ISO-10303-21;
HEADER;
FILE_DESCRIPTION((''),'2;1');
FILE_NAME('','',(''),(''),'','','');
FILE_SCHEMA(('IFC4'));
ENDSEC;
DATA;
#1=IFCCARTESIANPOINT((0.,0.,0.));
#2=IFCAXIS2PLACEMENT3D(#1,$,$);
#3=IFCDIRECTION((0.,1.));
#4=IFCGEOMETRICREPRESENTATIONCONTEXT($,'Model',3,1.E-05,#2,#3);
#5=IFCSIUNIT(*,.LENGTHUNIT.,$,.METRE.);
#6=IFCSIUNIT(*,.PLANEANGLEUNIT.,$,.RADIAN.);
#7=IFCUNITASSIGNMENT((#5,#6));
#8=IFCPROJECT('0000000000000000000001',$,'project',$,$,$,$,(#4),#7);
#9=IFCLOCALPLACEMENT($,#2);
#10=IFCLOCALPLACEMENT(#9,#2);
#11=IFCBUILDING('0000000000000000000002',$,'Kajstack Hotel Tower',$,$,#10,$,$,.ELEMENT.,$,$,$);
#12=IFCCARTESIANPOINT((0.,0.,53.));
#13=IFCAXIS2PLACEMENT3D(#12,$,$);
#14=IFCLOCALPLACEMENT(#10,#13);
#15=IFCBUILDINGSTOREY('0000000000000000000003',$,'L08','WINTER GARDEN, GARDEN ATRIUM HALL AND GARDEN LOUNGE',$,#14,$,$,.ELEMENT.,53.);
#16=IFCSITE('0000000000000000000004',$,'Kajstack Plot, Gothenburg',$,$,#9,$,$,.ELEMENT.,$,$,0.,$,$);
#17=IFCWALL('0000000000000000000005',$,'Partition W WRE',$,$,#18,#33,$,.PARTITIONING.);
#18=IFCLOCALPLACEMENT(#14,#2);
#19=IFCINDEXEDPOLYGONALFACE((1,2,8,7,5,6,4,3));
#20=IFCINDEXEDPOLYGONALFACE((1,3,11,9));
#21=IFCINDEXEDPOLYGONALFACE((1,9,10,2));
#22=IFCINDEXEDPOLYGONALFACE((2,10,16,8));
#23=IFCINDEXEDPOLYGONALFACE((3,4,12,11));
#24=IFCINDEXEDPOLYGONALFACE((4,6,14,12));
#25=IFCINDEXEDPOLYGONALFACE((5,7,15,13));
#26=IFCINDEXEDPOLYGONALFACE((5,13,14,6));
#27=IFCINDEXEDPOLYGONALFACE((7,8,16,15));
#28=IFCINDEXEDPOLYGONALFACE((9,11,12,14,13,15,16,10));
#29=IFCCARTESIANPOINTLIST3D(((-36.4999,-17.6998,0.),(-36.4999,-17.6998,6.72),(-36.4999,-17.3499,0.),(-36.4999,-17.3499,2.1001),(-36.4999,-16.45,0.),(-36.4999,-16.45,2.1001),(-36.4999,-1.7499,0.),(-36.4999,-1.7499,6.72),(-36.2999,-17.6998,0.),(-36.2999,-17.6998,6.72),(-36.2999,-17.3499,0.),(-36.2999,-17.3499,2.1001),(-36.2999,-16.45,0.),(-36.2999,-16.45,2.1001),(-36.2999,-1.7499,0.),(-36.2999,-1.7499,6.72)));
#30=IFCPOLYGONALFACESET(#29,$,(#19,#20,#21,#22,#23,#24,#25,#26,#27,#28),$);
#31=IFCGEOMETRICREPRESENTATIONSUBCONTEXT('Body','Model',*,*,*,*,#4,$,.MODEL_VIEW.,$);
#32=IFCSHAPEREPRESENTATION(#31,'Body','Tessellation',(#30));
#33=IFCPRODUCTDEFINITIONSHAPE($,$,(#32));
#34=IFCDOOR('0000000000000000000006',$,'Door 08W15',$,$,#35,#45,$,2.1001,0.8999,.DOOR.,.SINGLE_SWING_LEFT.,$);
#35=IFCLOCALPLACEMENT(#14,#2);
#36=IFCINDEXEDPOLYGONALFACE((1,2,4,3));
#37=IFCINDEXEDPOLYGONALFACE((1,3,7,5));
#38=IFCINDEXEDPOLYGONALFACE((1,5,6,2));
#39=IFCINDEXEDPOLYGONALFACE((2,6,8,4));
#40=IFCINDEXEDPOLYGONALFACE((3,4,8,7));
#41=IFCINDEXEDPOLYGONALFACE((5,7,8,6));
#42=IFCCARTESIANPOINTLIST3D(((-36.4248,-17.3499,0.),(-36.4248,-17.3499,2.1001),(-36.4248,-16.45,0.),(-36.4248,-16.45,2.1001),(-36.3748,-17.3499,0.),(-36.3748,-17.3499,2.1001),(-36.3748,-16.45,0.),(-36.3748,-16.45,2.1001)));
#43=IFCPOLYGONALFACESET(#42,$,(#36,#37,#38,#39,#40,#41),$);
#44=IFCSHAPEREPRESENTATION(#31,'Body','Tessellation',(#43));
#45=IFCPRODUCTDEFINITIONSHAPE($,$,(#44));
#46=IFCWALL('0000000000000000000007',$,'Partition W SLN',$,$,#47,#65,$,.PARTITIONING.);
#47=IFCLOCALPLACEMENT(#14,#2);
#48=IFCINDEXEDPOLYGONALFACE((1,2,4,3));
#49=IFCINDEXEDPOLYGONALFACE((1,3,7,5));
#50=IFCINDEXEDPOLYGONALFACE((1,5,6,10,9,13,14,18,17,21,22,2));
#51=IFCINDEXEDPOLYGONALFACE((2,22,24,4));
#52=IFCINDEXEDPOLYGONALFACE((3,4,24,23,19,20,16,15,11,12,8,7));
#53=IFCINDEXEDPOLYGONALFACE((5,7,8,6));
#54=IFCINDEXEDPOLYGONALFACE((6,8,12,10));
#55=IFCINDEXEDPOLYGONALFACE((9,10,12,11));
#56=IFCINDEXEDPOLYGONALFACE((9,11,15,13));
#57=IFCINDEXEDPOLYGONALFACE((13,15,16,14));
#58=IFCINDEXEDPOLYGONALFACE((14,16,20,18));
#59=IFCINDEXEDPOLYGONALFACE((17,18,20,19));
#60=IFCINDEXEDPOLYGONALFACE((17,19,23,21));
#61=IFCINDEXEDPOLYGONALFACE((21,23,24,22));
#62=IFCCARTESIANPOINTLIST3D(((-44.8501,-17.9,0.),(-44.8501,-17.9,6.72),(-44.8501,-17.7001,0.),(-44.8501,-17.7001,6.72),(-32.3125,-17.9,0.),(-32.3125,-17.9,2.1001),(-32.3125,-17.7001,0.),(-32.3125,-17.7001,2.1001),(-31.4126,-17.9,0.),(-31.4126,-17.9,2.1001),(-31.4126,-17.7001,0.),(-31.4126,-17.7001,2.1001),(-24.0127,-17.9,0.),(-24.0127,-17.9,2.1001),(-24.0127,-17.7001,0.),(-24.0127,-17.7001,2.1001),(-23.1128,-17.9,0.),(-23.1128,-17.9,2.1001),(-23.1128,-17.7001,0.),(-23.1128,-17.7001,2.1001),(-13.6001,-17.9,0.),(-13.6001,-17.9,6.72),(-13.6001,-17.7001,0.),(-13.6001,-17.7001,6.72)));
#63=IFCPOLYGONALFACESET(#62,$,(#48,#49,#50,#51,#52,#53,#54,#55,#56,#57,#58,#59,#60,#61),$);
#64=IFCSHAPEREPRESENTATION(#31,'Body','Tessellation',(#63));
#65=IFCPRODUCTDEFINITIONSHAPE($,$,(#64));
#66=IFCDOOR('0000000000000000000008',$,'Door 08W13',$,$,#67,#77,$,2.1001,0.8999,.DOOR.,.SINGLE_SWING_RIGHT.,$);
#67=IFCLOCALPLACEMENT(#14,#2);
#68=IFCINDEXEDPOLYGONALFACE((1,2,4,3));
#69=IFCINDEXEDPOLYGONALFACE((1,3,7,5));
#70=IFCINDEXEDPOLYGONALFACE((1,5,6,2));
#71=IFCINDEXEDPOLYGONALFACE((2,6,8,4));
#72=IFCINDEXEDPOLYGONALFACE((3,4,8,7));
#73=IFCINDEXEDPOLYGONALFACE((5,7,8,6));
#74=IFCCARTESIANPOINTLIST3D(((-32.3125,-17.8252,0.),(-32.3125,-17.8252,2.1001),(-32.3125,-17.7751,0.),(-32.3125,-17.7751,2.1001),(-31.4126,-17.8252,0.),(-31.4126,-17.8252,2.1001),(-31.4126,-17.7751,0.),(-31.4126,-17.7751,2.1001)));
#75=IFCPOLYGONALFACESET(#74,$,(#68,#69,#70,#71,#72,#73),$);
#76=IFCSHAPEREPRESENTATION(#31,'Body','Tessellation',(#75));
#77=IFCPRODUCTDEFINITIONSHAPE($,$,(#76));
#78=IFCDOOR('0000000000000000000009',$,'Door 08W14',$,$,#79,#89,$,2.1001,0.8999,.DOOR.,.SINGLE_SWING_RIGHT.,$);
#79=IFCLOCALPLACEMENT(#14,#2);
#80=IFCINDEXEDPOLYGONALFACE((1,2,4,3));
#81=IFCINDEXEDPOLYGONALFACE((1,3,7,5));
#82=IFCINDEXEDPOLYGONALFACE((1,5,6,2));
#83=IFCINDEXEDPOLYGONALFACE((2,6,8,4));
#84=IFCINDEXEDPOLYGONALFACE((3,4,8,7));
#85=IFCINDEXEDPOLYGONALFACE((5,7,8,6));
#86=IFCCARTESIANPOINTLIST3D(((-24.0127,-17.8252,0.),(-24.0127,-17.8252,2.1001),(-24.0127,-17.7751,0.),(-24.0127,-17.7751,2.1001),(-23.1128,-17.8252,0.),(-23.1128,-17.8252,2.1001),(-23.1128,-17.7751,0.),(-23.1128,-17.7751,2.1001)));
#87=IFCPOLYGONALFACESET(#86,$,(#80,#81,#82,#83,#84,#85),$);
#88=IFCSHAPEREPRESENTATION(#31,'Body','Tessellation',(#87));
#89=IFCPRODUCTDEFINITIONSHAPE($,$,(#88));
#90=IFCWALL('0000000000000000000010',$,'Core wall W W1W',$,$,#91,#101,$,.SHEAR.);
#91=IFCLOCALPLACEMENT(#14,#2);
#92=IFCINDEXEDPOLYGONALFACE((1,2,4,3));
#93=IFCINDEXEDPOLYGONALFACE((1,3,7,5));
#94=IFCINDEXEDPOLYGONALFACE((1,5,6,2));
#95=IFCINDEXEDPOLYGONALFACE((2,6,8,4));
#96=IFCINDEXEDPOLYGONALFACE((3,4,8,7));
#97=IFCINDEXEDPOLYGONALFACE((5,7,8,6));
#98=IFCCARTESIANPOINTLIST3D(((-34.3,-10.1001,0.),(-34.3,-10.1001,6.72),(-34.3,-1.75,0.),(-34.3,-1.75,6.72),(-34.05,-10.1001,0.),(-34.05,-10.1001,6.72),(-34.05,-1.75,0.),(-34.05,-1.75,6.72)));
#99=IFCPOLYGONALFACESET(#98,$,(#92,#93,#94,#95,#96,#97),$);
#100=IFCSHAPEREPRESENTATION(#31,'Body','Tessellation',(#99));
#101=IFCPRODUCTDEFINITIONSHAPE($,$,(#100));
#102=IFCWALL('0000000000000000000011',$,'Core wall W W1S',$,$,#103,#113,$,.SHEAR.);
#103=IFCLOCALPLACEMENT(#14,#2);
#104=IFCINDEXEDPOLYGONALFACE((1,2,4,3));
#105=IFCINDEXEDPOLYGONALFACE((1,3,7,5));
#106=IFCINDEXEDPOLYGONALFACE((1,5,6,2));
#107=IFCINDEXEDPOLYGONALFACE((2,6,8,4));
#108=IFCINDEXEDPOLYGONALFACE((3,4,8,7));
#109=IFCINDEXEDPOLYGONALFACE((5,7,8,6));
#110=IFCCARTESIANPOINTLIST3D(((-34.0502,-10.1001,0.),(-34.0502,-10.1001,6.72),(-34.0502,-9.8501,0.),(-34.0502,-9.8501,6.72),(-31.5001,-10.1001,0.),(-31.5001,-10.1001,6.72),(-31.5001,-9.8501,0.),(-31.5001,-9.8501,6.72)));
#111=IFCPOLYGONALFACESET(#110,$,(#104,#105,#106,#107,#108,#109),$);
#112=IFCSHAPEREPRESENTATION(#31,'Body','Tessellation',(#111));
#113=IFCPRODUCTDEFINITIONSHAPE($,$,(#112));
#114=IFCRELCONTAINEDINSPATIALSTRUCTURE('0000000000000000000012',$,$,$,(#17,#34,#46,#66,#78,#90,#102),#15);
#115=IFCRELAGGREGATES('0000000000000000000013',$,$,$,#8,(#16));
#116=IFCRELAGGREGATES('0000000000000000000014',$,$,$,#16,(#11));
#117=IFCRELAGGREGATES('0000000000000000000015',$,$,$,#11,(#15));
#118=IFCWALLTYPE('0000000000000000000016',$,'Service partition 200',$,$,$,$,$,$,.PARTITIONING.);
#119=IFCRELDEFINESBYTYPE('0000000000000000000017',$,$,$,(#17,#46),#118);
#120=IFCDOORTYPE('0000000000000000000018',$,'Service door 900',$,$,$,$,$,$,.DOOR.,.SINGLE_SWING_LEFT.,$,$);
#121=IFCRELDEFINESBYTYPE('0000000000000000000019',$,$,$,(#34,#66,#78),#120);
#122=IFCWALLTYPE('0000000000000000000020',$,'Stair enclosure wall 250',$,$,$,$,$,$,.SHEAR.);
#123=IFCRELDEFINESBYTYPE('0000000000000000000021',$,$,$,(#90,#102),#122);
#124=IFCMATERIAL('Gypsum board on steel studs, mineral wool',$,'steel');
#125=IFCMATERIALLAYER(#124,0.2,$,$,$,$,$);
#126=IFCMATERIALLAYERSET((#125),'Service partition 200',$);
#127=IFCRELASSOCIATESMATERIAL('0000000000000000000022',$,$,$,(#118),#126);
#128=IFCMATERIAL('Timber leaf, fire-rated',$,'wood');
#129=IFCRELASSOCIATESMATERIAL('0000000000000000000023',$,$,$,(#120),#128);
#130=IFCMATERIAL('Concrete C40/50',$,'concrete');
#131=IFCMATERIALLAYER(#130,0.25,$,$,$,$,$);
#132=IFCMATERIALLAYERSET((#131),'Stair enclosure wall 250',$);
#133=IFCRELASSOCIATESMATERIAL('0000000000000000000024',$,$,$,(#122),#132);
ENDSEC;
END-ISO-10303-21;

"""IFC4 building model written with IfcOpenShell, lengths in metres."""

from ifc_helpers import new_model, si_unit, direction, frame, frame_2d, origin, place, context, subcontext, project, spatial, rectangle, extrude, material, layer, layer_set, type_object, element, fill, save


model = new_model("IFC4")

# Units and contexts
model_context = context("Model", 3, precision=1e-05, world=origin(), true_north=direction((0.0, 1.0)))
body_context = subcontext(model_context, "Body", "Model", "MODEL_VIEW")
ifc_project = project(units=[si_unit("LENGTHUNIT", "METRE"), si_unit("PLANEANGLEUNIT", "RADIAN")], contexts=[model_context])

# Site, building, storey
site_placement = place(None, origin())
site = spatial("IfcSite", under=ifc_project, at=site_placement, Name="Kajstack Plot, Gothenburg", CompositionType="ELEMENT", RefElevation=0.0)
building_placement = place(site_placement, origin())
building = spatial("IfcBuilding", under=site, at=building_placement, Name="Kajstack Hotel Tower", CompositionType="ELEMENT")
storey_placement = place(building_placement, frame((0.0, 0.0, 53.0)))
storey = spatial("IfcBuildingStorey", under=building, at=storey_placement, Name="L08", Description="WINTER GARDEN, GARDEN ATRIUM HALL AND GARDEN LOUNGE", CompositionType="ELEMENT", Elevation=53.0)

# Wall, opening, door
ifc_material_1 = material(Name="Gypsum board on steel studs, mineral wool", Category="steel")
ifc_layer_1 = layer(ifc_material_1, 0.2)
ifc_layer_set_1 = layer_set([ifc_layer_1], Name="Service partition 200")
wall_type_1 = type_object("IfcWallType", Name="Service partition 200", PredefinedType="PARTITIONING", material=ifc_layer_set_1)
wall_1_placement = place(storey_placement, frame((-36.3999, -17.7, 0.0), z_axis=(0.0, 0.0, 1.0), x_axis=(0.0, 1.0, 0.0)))
wall_1 = element("IfcWall", 1, at=wall_1_placement, inside=storey, type_object=wall_type_1, Name="Partition W WRE", PredefinedType="PARTITIONING", context=body_context, shape_type="SweptSolid", body=[
    extrude(rectangle(XDim=15.95, YDim=0.2, at=frame_2d((7.9751, 0.0))), origin(), (0.0, 0.0, 1.0), 6.72),
])
opening_1_placement = place(wall_1_placement, frame((0.3501, 0.0, 0.0)))
opening_1 = element("IfcOpeningElement", 2, at=opening_1_placement, cuts=wall_1, PredefinedType="OPENING", context=body_context, shape_type="SweptSolid", body=[
    extrude(rectangle(XDim=0.8999, YDim=2.1001, at=frame_2d((0.45, 1.05))), frame((0.0, 0.1099, 0.0), z_axis=(0.0, -1.0, 0.0), x_axis=(1.0, 0.0, 0.0)), (0.0, 0.0, 1.0), 0.22),
])
ifc_material_2 = material(Name="Timber leaf, fire-rated", Category="wood")
door_type = type_object("IfcDoorType", Name="Service door 900", OperationType="SINGLE_SWING_LEFT", PredefinedType="DOOR", material=ifc_material_2)
door_1_placement = place(opening_1_placement, origin())
door_1 = element("IfcDoor", 3, at=door_1_placement, inside=storey, type_object=door_type, Name="Door 08W15", OperationType="SINGLE_SWING_LEFT", OverallHeight=2.1001, OverallWidth=0.8999, PredefinedType="DOOR", context=body_context, shape_type="SweptSolid", body=[
    extrude(rectangle(XDim=0.8999, YDim=2.1001, at=frame_2d((0.45, 1.05))), frame((0.0, 0.0249, 0.0), z_axis=(0.0, -1.0, 0.0), x_axis=(1.0, 0.0, 0.0)), (0.0, 0.0, 1.0), 0.05),
])
fill(opening_1, door_1)

# Wall, openings, doors
wall_2_placement = place(storey_placement, frame((-44.8501, -17.8, 0.0), z_axis=(0.0, 0.0, 1.0), x_axis=(1.0, 0.0, 0.0)))
wall_2 = element("IfcWall", 4, at=wall_2_placement, inside=storey, type_object=wall_type_1, Name="Partition W SLN", PredefinedType="PARTITIONING", context=body_context, shape_type="SweptSolid", body=[
    extrude(rectangle(XDim=31.25, YDim=0.2, at=frame_2d((15.625, 0.0))), origin(), (0.0, 0.0, 1.0), 6.72),
])
opening_2_placement = place(wall_2_placement, frame((12.5376, 0.0, 0.0)))
opening_2 = element("IfcOpeningElement", 5, at=opening_2_placement, cuts=wall_2, PredefinedType="OPENING", context=body_context, shape_type="SweptSolid", body=[
    extrude(rectangle(XDim=0.8999, YDim=2.1001, at=frame_2d((0.45, 1.05))), frame((0.0, 0.1099, 0.0), z_axis=(0.0, -1.0, 0.0), x_axis=(1.0, 0.0, 0.0)), (0.0, 0.0, 1.0), 0.22),
])
opening_3_placement = place(wall_2_placement, frame((20.8374, 0.0, 0.0)))
opening_3 = element("IfcOpeningElement", 6, at=opening_3_placement, cuts=wall_2, PredefinedType="OPENING", context=body_context, shape_type="SweptSolid", body=[
    extrude(rectangle(XDim=0.8999, YDim=2.1001, at=frame_2d((0.45, 1.05))), frame((0.0, 0.1099, 0.0), z_axis=(0.0, -1.0, 0.0), x_axis=(1.0, 0.0, 0.0)), (0.0, 0.0, 1.0), 0.22),
])
door_2_placement = place(opening_2_placement, origin())
door_2 = element("IfcDoor", 7, at=door_2_placement, inside=storey, type_object=door_type, Name="Door 08W13", OperationType="SINGLE_SWING_RIGHT", OverallHeight=2.1001, OverallWidth=0.8999, PredefinedType="DOOR", context=body_context, shape_type="SweptSolid", body=[
    extrude(rectangle(XDim=0.8999, YDim=2.1001, at=frame_2d((0.45, 1.05))), frame((0.0, 0.0249, 0.0), z_axis=(0.0, -1.0, 0.0), x_axis=(1.0, 0.0, 0.0)), (0.0, 0.0, 1.0), 0.05),
])
fill(opening_2, door_2)
door_3_placement = place(opening_3_placement, origin())
door_3 = element("IfcDoor", 8, at=door_3_placement, inside=storey, type_object=door_type, Name="Door 08W14", OperationType="SINGLE_SWING_RIGHT", OverallHeight=2.1001, OverallWidth=0.8999, PredefinedType="DOOR", context=body_context, shape_type="SweptSolid", body=[
    extrude(rectangle(XDim=0.8999, YDim=2.1001, at=frame_2d((0.45, 1.05))), frame((0.0, 0.0249, 0.0), z_axis=(0.0, -1.0, 0.0), x_axis=(1.0, 0.0, 0.0)), (0.0, 0.0, 1.0), 0.05),
])
fill(opening_3, door_3)

# Walls
ifc_material_3 = material(Name="Concrete C40/50", Category="concrete")
ifc_layer_2 = layer(ifc_material_3, 0.25)
ifc_layer_set_2 = layer_set([ifc_layer_2], Name="Stair enclosure wall 250")
wall_type_2 = type_object("IfcWallType", Name="Stair enclosure wall 250", PredefinedType="SHEAR", material=ifc_layer_set_2)
wall_3_placement = place(storey_placement, frame((-34.175, -10.1001, 0.0), z_axis=(0.0, 0.0, 1.0), x_axis=(0.0, 1.0, 0.0)))
element("IfcWall", 9, at=wall_3_placement, inside=storey, type_object=wall_type_2, Name="Core wall W W1W", PredefinedType="SHEAR", context=body_context, shape_type="SweptSolid", body=[
    extrude(rectangle(XDim=8.3501, YDim=0.25, at=frame_2d((4.175, 0.0))), origin(), (0.0, 0.0, 1.0), 6.72),
])
wall_4_placement = place(storey_placement, frame((-34.05, -9.9751, 0.0), z_axis=(0.0, 0.0, 1.0), x_axis=(1.0, 0.0, 0.0)))
element("IfcWall", 10, at=wall_4_placement, inside=storey, type_object=wall_type_2, Name="Core wall W W1S", PredefinedType="SHEAR", context=body_context, shape_type="SweptSolid", body=[
    extrude(rectangle(XDim=2.55, YDim=0.25, at=frame_2d((1.2749, 0.0))), origin(), (0.0, 0.0, 1.0), 6.72),
])

save(model, "model.ifc")
